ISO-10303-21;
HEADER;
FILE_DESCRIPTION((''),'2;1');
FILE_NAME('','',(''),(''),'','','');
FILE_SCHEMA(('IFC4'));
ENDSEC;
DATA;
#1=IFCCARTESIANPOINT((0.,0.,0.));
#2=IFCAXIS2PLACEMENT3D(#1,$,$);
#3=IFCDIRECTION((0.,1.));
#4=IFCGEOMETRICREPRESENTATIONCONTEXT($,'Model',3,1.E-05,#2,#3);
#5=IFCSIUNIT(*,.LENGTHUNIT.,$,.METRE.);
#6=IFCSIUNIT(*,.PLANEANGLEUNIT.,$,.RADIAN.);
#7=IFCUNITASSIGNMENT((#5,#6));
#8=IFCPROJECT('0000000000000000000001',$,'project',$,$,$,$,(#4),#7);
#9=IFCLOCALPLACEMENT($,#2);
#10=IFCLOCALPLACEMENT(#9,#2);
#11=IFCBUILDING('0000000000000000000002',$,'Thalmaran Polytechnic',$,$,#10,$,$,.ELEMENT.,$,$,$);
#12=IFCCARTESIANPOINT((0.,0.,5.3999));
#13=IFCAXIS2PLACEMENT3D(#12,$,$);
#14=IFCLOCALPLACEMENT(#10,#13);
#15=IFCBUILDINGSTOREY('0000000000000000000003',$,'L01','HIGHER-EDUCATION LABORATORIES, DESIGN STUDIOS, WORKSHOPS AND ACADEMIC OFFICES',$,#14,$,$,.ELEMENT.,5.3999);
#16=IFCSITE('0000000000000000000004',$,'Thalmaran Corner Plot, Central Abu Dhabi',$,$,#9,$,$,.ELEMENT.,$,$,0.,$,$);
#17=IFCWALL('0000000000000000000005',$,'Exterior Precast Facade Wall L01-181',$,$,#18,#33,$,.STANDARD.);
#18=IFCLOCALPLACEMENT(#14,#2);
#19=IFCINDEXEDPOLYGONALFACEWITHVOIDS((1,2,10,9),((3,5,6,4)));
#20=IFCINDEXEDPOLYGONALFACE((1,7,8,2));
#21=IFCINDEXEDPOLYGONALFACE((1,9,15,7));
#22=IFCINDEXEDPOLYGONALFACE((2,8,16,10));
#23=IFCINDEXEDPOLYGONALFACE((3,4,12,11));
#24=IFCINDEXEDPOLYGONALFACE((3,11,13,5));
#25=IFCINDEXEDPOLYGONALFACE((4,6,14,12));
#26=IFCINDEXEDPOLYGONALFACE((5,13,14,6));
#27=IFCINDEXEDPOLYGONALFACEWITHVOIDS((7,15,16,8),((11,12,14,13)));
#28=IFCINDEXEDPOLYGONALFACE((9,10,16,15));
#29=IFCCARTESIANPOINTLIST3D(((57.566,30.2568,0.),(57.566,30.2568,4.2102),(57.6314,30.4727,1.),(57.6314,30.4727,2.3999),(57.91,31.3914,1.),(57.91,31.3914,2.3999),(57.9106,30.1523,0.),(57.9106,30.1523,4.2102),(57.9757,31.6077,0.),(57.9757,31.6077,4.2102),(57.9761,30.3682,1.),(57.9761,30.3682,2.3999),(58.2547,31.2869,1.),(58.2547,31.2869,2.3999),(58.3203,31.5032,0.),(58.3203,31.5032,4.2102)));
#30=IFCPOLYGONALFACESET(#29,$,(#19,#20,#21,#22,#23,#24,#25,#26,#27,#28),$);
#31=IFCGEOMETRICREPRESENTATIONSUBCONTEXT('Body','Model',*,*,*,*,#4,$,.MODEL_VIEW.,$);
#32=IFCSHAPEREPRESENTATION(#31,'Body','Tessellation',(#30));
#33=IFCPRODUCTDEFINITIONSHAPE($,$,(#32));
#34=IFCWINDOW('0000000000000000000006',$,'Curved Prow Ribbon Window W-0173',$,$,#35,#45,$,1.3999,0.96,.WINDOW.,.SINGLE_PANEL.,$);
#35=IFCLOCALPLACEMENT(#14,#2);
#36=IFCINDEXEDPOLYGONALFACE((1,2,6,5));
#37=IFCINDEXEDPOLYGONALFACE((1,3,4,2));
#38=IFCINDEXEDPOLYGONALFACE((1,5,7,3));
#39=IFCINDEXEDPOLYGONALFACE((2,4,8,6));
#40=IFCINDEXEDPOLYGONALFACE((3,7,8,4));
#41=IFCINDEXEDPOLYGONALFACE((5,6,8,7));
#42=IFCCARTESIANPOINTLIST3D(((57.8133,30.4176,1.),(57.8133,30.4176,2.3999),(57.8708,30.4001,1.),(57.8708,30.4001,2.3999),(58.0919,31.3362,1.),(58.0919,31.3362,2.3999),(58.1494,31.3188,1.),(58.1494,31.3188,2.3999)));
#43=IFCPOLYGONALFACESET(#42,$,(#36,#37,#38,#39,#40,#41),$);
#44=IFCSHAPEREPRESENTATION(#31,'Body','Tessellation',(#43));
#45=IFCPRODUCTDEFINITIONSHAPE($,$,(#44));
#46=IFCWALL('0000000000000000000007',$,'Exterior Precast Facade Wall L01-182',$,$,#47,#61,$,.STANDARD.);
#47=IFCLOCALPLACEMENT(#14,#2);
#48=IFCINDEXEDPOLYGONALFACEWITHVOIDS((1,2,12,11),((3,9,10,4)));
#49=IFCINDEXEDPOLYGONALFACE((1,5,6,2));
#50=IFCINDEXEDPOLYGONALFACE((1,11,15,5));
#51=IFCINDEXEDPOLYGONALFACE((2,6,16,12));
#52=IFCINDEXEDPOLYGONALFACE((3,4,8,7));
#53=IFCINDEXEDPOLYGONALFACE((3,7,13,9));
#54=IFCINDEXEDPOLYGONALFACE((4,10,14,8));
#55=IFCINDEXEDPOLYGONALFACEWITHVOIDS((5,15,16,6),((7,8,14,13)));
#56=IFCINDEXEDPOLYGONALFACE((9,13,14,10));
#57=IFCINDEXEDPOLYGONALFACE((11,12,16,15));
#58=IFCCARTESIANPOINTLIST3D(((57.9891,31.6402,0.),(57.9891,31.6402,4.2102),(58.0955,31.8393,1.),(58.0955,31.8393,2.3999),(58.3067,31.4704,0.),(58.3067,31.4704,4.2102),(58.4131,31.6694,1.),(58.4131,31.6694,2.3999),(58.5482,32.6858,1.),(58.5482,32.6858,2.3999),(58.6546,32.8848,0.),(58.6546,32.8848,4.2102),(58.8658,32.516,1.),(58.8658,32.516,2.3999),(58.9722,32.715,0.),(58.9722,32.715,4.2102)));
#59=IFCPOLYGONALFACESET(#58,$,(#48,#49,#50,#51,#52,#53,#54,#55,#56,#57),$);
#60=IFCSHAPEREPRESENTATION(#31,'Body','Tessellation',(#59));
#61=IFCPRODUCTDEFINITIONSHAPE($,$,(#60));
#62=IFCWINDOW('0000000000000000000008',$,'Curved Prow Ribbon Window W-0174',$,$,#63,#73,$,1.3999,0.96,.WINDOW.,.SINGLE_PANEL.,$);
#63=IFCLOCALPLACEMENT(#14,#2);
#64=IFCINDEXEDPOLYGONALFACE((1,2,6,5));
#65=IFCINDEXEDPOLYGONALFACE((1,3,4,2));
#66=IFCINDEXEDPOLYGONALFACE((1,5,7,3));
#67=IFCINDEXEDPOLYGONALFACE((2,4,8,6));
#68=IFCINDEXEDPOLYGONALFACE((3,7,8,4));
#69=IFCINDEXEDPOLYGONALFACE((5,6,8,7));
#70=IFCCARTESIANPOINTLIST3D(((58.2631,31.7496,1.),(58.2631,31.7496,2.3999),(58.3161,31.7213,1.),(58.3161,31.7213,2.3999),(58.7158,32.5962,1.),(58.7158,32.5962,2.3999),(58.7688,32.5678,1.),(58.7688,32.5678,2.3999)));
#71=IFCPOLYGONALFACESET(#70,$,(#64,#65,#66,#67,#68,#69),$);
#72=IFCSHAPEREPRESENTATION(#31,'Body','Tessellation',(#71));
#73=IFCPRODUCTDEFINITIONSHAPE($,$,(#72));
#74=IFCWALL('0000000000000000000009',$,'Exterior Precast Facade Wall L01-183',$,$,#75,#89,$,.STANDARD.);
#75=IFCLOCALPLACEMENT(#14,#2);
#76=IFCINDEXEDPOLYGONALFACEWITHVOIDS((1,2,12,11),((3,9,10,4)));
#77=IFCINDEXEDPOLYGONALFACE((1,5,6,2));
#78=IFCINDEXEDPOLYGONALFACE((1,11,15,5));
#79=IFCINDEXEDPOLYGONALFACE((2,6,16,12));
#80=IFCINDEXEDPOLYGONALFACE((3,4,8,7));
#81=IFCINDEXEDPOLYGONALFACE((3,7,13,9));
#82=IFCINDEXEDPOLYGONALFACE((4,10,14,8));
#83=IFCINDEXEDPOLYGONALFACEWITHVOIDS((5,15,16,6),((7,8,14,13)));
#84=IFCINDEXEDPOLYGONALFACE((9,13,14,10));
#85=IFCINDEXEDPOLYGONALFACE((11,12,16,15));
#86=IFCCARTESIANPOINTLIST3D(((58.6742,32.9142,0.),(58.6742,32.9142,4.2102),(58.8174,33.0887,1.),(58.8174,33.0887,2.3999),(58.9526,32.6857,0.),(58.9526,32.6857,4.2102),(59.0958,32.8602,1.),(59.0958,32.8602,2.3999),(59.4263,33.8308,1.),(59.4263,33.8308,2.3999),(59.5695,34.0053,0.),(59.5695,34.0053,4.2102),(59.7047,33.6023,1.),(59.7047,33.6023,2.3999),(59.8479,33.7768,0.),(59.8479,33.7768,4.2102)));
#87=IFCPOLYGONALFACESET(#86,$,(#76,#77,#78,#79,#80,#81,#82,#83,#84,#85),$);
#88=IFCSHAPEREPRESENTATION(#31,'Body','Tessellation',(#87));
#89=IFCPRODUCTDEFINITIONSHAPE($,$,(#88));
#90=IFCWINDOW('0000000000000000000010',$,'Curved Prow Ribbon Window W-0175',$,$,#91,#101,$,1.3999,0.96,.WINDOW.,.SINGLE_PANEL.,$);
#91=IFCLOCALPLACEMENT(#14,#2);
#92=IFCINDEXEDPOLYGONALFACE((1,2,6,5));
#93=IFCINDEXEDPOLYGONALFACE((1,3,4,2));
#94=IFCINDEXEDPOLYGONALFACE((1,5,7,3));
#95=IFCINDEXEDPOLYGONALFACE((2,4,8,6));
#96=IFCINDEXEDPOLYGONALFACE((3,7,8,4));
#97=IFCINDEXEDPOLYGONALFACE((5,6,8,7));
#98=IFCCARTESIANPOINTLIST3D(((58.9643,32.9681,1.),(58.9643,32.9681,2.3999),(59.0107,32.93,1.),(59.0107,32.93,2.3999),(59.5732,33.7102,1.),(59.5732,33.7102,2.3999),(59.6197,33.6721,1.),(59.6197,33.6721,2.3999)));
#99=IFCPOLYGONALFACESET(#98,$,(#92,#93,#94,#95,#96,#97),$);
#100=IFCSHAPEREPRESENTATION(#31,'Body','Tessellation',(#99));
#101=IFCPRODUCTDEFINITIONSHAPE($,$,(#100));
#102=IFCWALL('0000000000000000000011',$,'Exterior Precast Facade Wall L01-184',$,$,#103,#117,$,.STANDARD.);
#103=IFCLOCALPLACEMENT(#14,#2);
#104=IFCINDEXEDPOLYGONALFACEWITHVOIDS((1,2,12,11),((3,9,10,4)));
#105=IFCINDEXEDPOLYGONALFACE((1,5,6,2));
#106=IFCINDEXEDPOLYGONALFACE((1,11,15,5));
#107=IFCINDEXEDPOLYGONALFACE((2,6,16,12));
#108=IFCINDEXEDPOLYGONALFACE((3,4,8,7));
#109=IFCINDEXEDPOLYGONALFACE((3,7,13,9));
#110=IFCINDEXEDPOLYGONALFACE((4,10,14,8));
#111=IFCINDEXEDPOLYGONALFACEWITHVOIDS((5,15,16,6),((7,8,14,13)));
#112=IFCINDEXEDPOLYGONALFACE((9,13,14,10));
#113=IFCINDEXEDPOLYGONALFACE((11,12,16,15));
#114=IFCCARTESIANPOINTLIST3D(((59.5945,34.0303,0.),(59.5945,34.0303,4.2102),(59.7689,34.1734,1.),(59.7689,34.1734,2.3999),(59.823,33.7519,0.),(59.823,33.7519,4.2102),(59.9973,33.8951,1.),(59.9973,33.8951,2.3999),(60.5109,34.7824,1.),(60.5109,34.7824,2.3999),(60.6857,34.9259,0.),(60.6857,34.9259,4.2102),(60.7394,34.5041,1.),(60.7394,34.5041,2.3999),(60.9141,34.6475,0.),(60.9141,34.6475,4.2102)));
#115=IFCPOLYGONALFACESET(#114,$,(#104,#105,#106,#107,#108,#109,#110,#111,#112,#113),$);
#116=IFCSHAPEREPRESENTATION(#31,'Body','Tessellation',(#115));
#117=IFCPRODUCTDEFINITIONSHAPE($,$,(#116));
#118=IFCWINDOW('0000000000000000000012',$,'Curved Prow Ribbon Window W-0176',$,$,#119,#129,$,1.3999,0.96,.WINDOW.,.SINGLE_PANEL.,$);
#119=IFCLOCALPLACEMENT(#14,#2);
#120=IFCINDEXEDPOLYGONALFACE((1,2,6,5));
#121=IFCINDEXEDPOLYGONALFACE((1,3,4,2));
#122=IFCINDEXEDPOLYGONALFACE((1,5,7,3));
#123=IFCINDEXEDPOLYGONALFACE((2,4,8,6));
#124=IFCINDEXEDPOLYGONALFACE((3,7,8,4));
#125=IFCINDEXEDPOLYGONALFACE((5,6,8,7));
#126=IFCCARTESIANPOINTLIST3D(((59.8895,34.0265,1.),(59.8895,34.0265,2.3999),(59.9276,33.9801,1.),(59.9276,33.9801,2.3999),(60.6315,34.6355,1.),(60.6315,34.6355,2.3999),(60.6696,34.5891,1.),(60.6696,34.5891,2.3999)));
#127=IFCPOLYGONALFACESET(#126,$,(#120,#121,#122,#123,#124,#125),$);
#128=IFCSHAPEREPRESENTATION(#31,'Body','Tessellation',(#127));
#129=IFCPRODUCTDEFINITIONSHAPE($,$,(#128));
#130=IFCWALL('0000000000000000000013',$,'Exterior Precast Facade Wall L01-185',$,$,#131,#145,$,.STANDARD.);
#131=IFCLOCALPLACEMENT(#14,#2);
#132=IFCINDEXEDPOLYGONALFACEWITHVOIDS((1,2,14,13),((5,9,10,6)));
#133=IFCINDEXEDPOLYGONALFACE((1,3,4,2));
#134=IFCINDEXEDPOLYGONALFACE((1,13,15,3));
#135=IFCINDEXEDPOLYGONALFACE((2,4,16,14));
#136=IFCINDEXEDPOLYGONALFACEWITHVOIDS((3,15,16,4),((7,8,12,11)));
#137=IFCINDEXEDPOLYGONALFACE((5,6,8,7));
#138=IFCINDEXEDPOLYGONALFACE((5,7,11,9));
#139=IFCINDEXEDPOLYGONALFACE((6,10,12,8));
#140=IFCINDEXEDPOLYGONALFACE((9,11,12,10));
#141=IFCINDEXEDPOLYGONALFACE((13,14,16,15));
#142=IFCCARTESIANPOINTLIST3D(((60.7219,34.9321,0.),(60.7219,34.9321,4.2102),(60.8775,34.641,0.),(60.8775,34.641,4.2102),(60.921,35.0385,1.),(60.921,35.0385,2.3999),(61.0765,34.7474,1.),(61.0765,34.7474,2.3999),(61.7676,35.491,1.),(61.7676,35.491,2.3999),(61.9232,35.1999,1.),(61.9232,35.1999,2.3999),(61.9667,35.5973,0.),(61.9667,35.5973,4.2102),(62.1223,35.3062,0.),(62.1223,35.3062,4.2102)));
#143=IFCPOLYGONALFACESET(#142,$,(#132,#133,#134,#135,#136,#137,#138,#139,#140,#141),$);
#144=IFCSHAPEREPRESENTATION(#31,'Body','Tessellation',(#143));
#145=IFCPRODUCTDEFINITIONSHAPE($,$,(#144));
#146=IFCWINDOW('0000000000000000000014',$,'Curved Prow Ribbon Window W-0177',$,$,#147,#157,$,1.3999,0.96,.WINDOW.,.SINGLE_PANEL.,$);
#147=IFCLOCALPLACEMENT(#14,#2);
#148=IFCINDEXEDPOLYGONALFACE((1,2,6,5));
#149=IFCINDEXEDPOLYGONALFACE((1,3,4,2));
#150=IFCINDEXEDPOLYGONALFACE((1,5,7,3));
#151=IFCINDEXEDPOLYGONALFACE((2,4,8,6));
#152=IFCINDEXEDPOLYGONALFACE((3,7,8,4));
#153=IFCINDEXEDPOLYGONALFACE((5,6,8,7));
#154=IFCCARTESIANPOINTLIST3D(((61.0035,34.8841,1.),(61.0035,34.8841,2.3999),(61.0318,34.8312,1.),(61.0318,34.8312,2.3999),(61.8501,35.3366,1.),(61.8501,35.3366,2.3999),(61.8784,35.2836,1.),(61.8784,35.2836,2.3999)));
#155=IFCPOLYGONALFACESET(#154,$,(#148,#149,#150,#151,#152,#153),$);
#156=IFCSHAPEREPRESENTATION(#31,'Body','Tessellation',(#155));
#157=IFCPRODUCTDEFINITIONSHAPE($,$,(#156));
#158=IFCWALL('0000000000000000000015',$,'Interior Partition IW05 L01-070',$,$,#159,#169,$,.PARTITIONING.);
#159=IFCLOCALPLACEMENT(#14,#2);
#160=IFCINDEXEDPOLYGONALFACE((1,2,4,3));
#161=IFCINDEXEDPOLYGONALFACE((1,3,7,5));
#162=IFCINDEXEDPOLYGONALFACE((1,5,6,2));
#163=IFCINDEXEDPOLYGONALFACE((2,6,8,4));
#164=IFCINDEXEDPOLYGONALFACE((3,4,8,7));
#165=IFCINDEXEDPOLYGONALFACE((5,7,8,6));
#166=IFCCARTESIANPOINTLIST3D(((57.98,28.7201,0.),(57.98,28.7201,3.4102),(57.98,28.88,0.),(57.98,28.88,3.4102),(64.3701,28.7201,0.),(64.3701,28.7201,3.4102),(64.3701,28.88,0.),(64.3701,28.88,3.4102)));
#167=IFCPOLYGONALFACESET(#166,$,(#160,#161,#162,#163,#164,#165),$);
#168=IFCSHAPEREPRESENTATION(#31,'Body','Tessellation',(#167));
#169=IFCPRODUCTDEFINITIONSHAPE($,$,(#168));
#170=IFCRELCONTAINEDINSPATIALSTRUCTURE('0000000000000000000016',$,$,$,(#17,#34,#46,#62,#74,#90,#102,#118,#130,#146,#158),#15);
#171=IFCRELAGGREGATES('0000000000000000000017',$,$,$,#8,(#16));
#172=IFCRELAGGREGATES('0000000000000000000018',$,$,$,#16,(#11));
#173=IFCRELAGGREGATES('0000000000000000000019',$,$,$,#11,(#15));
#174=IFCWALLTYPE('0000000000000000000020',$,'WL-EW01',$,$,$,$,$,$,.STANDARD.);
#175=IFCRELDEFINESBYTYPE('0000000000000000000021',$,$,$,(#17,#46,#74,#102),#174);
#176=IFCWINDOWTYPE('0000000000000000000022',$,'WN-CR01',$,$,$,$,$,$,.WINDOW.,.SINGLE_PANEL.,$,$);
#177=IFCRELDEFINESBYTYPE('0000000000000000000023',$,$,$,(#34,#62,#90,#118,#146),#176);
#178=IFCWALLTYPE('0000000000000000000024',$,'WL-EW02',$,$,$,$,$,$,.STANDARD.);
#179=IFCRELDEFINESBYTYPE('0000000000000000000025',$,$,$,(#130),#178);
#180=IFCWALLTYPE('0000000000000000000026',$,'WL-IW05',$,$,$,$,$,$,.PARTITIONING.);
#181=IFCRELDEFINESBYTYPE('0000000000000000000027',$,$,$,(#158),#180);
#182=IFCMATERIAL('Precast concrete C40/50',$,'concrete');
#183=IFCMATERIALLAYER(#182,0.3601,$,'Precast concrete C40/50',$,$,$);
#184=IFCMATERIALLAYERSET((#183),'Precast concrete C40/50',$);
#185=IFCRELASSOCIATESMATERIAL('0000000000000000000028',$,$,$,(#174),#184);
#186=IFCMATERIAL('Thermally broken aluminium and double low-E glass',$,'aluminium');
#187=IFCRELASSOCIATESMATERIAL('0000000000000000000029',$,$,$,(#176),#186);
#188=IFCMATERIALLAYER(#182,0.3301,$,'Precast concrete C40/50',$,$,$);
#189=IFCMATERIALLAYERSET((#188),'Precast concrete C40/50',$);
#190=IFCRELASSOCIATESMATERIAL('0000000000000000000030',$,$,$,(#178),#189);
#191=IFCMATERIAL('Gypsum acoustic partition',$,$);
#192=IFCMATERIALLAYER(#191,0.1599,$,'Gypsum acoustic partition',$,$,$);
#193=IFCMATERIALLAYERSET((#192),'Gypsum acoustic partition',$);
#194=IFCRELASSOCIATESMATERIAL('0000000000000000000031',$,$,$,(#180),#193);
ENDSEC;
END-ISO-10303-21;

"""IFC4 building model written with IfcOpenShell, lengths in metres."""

from ifc_helpers import new_model, si_unit, direction, frame, frame_2d, origin, place, context, subcontext, project, spatial, rectangle, extrude, material, layer, layer_set, type_object, element, fill, save


model = new_model("IFC4")

# Units and contexts
model_context = context("Model", 3, precision=1e-05, world=origin(), true_north=direction((0.0, 1.0)))
body_context = subcontext(model_context, "Body", "Model", "MODEL_VIEW")
ifc_project = project(units=[si_unit("LENGTHUNIT", "METRE"), si_unit("PLANEANGLEUNIT", "RADIAN")], contexts=[model_context])

# Site, building, storey
site_placement = place(None, origin())
site = spatial("IfcSite", under=ifc_project, at=site_placement, Name="Thalmaran Corner Plot, Central Abu Dhabi", CompositionType="ELEMENT", RefElevation=0.0)
building_placement = place(site_placement, origin())
building = spatial("IfcBuilding", under=site, at=building_placement, Name="Thalmaran Polytechnic", CompositionType="ELEMENT")
storey_placement = place(building_placement, frame((0.0, 0.0, 5.3999)))
storey = spatial("IfcBuildingStorey", under=building, at=storey_placement, Name="L01", Description="HIGHER-EDUCATION LABORATORIES, DESIGN STUDIOS, WORKSHOPS AND ACADEMIC OFFICES", CompositionType="ELEMENT", Elevation=5.3999)

# Shared definitions
ifc_material_1 = material(Name="Precast concrete C40/50", Category="concrete")
ifc_layer_1 = layer(ifc_material_1, 0.3601, Name="Precast concrete C40/50")
ifc_layer_set_1 = layer_set([ifc_layer_1], Name="Precast concrete C40/50")
wall_type_1 = type_object("IfcWallType", Name="WL-EW01", PredefinedType="STANDARD", material=ifc_layer_set_1)

# Walls, openings, windows
wall_1_placement = place(storey_placement, frame((57.7383, 30.2046, 0.0), z_axis=(0.0, 0.0, 1.0), x_axis=(0.290219, 0.95696, 0.0)))
wall_1 = element("IfcWall", 1, at=wall_1_placement, inside=storey, type_object=wall_type_1, Name="Exterior Precast Facade Wall L01-181", PredefinedType="STANDARD", context=body_context, shape_type="SweptSolid", body=[
    extrude(rectangle(XDim=1.4116, YDim=0.3601, at=frame_2d((0.7058, 0.0))), origin(), (0.0, 0.0, 1.0), 4.2102),
])
opening_1_placement = place(wall_1_placement, frame((0.2256, 0.0, 1.0)))
opening_1 = element("IfcOpeningElement", 2, at=opening_1_placement, cuts=wall_1, PredefinedType="OPENING", context=body_context, shape_type="SweptSolid", body=[
    extrude(rectangle(XDim=0.96, YDim=1.3999, at=frame_2d((0.48, 0.7))), frame((0.0, 0.1899, 0.0), z_axis=(0.0, -1.0, 0.0), x_axis=(1.0, 0.0, 0.0)), (0.0, 0.0, 1.0), 0.3801),
])
ifc_material_2 = material(Name="Thermally broken aluminium and double low-E glass", Category="aluminium")
window_type = type_object("IfcWindowType", Name="WN-CR01", PartitioningType="SINGLE_PANEL", PredefinedType="WINDOW", material=ifc_material_2)
window_1_placement = place(opening_1_placement, origin())
window_1 = element("IfcWindow", 3, at=window_1_placement, inside=storey, type_object=window_type, Name="Curved Prow Ribbon Window W-0173", OverallHeight=1.3999, OverallWidth=0.96, PartitioningType="SINGLE_PANEL", PredefinedType="WINDOW", context=body_context, shape_type="SweptSolid", body=[
    extrude(rectangle(XDim=0.96, YDim=1.3999, at=frame_2d((0.48, 0.7))), frame((0.0, -0.01, 0.0), z_axis=(0.0, -1.0, 0.0), x_axis=(1.0, 0.0, 0.0)), (0.0, 0.0, 1.0), 0.0601),
])
fill(opening_1, window_1)
wall_2_placement = place(storey_placement, frame((58.1479, 31.5554, 0.0), z_axis=(0.0, 0.0, 1.0), x_axis=(0.47154, 0.881845, 0.0)))
wall_2 = element("IfcWall", 4, at=wall_2_placement, inside=storey, type_object=wall_type_1, Name="Exterior Precast Facade Wall L01-182", PredefinedType="STANDARD", context=body_context, shape_type="SweptSolid", body=[
    extrude(rectangle(XDim=1.4114, YDim=0.3601, at=frame_2d((0.7056, 0.0))), origin(), (0.0, 0.0, 1.0), 4.2102),
])
opening_2_placement = place(wall_2_placement, frame((0.2256, 0.0, 1.0)))
opening_2 = element("IfcOpeningElement", 5, at=opening_2_placement, cuts=wall_2, PredefinedType="OPENING", context=body_context, shape_type="SweptSolid", body=[
    extrude(rectangle(XDim=0.96, YDim=1.3999, at=frame_2d((0.48, 0.7))), frame((0.0, 0.1899, 0.0), z_axis=(0.0, -1.0, 0.0), x_axis=(1.0, 0.0, 0.0)), (0.0, 0.0, 1.0), 0.3801),
])
window_2_placement = place(opening_2_placement, origin())
window_2 = element("IfcWindow", 6, at=window_2_placement, inside=storey, type_object=window_type, Name="Curved Prow Ribbon Window W-0174", OverallHeight=1.3999, OverallWidth=0.96, PartitioningType="SINGLE_PANEL", PredefinedType="WINDOW", context=body_context, shape_type="SweptSolid", body=[
    extrude(rectangle(XDim=0.96, YDim=1.3999, at=frame_2d((0.48, 0.7))), frame((0.0, -0.01, 0.0), z_axis=(0.0, -1.0, 0.0), x_axis=(1.0, 0.0, 0.0)), (0.0, 0.0, 1.0), 0.0601),
])
fill(opening_2, window_2)
wall_3_placement = place(storey_placement, frame((58.8135, 32.8, 0.0), z_axis=(0.0, 0.0, 1.0), x_axis=(0.63433, 0.773062, 0.0)))
wall_3 = element("IfcWall", 7, at=wall_3_placement, inside=storey, type_object=wall_type_1, Name="Exterior Precast Facade Wall L01-183", PredefinedType="STANDARD", context=body_context, shape_type="SweptSolid", body=[
    extrude(rectangle(XDim=1.4114, YDim=0.3601, at=frame_2d((0.7056, 0.0))), origin(), (0.0, 0.0, 1.0), 4.2102),
])
opening_3_placement = place(wall_3_placement, frame((0.2256, 0.0, 1.0)))
opening_3 = element("IfcOpeningElement", 8, at=opening_3_placement, cuts=wall_3, PredefinedType="OPENING", context=body_context, shape_type="SweptSolid", body=[
    extrude(rectangle(XDim=0.96, YDim=1.3999, at=frame_2d((0.48, 0.7))), frame((0.0, 0.1899, 0.0), z_axis=(0.0, -1.0, 0.0), x_axis=(1.0, 0.0, 0.0)), (0.0, 0.0, 1.0), 0.3801),
])
window_3_placement = place(opening_3_placement, origin())
window_3 = element("IfcWindow", 9, at=window_3_placement, inside=storey, type_object=window_type, Name="Curved Prow Ribbon Window W-0175", OverallHeight=1.3999, OverallWidth=0.96, PartitioningType="SINGLE_PANEL", PredefinedType="WINDOW", context=body_context, shape_type="SweptSolid", body=[
    extrude(rectangle(XDim=0.96, YDim=1.3999, at=frame_2d((0.48, 0.7))), frame((0.0, -0.01, 0.0), z_axis=(0.0, -1.0, 0.0), x_axis=(1.0, 0.0, 0.0)), (0.0, 0.0, 1.0), 0.0601),
])
fill(opening_3, window_3)
wall_4_placement = place(storey_placement, frame((59.7087, 33.8911, 0.0), z_axis=(0.0, 0.0, 1.0), x_axis=(0.772978, 0.634433, 0.0)))
wall_4 = element("IfcWall", 10, at=wall_4_placement, inside=storey, type_object=wall_type_1, Name="Exterior Precast Facade Wall L01-184", PredefinedType="STANDARD", context=body_context, shape_type="SweptSolid", body=[
    extrude(rectangle(XDim=1.4116, YDim=0.3601, at=frame_2d((0.7058, 0.0))), origin(), (0.0, 0.0, 1.0), 4.2102),
])
opening_4_placement = place(wall_4_placement, frame((0.2256, 0.0, 1.0)))
opening_4 = element("IfcOpeningElement", 11, at=opening_4_placement, cuts=wall_4, PredefinedType="OPENING", context=body_context, shape_type="SweptSolid", body=[
    extrude(rectangle(XDim=0.96, YDim=1.3999, at=frame_2d((0.48, 0.7))), frame((0.0, 0.1899, 0.0), z_axis=(0.0, -1.0, 0.0), x_axis=(1.0, 0.0, 0.0)), (0.0, 0.0, 1.0), 0.3801),
])
window_4_placement = place(opening_4_placement, origin())
window_4 = element("IfcWindow", 12, at=window_4_placement, inside=storey, type_object=window_type, Name="Curved Prow Ribbon Window W-0176", OverallHeight=1.3999, OverallWidth=0.96, PartitioningType="SINGLE_PANEL", PredefinedType="WINDOW", context=body_context, shape_type="SweptSolid", body=[
    extrude(rectangle(XDim=0.96, YDim=1.3999, at=frame_2d((0.48, 0.7))), frame((0.0, -0.01, 0.0), z_axis=(0.0, -1.0, 0.0), x_axis=(1.0, 0.0, 0.0)), (0.0, 0.0, 1.0), 0.0601),
])
fill(opening_4, window_4)
ifc_layer_2 = layer(ifc_material_1, 0.3301, Name="Precast concrete C40/50")
ifc_layer_set_2 = layer_set([ifc_layer_2], Name="Precast concrete C40/50")
wall_type_2 = type_object("IfcWallType", Name="WL-EW02", PredefinedType="STANDARD", material=ifc_layer_set_2)
wall_5_placement = place(storey_placement, frame((60.7998, 34.7866, 0.0), z_axis=(0.0, 0.0, 1.0), x_axis=(0.881955, 0.471333, 0.0)))
wall_5 = element("IfcWall", 13, at=wall_5_placement, inside=storey, type_object=wall_type_2, Name="Exterior Precast Facade Wall L01-185", PredefinedType="STANDARD", context=body_context, shape_type="SweptSolid", body=[
    extrude(rectangle(XDim=1.4114, YDim=0.3301, at=frame_2d((0.7056, 0.0))), origin(), (0.0, 0.0, 1.0), 4.2102),
])
opening_5_placement = place(wall_5_placement, frame((0.2256, 0.0, 1.0)))
opening_5 = element("IfcOpeningElement", 14, at=opening_5_placement, cuts=wall_5, PredefinedType="OPENING", context=body_context, shape_type="SweptSolid", body=[
    extrude(rectangle(XDim=0.96, YDim=1.3999, at=frame_2d((0.48, 0.7))), frame((0.0, 0.175, 0.0), z_axis=(0.0, -1.0, 0.0), x_axis=(1.0, 0.0, 0.0)), (0.0, 0.0, 1.0), 0.3501),
])
window_5_placement = place(opening_5_placement, origin())
window_5 = element("IfcWindow", 15, at=window_5_placement, inside=storey, type_object=window_type, Name="Curved Prow Ribbon Window W-0177", OverallHeight=1.3999, OverallWidth=0.96, PartitioningType="SINGLE_PANEL", PredefinedType="WINDOW", context=body_context, shape_type="SweptSolid", body=[
    extrude(rectangle(XDim=0.96, YDim=1.3999, at=frame_2d((0.48, 0.7))), frame((0.0, -0.01, 0.0), z_axis=(0.0, -1.0, 0.0), x_axis=(1.0, 0.0, 0.0)), (0.0, 0.0, 1.0), 0.0601),
])
fill(opening_5, window_5)

# Wall
ifc_material_3 = material(Name="Gypsum acoustic partition")
ifc_layer_3 = layer(ifc_material_3, 0.1599, Name="Gypsum acoustic partition")
ifc_layer_set_3 = layer_set([ifc_layer_3], Name="Gypsum acoustic partition")
wall_type_3 = type_object("IfcWallType", Name="WL-IW05", PredefinedType="PARTITIONING", material=ifc_layer_set_3)
wall_6_placement = place(storey_placement, frame((57.98, 28.8, 0.0), z_axis=(0.0, 0.0, 1.0), x_axis=(1.0, 0.0, 0.0)))
element("IfcWall", 16, at=wall_6_placement, inside=storey, type_object=wall_type_3, Name="Interior Partition IW05 L01-070", PredefinedType="PARTITIONING", context=body_context, shape_type="SweptSolid", body=[
    extrude(rectangle(XDim=6.3901, YDim=0.1599, at=frame_2d((3.1951, 0.0))), origin(), (0.0, 0.0, 1.0), 3.4102),
])

save(model, "model.ifc")
